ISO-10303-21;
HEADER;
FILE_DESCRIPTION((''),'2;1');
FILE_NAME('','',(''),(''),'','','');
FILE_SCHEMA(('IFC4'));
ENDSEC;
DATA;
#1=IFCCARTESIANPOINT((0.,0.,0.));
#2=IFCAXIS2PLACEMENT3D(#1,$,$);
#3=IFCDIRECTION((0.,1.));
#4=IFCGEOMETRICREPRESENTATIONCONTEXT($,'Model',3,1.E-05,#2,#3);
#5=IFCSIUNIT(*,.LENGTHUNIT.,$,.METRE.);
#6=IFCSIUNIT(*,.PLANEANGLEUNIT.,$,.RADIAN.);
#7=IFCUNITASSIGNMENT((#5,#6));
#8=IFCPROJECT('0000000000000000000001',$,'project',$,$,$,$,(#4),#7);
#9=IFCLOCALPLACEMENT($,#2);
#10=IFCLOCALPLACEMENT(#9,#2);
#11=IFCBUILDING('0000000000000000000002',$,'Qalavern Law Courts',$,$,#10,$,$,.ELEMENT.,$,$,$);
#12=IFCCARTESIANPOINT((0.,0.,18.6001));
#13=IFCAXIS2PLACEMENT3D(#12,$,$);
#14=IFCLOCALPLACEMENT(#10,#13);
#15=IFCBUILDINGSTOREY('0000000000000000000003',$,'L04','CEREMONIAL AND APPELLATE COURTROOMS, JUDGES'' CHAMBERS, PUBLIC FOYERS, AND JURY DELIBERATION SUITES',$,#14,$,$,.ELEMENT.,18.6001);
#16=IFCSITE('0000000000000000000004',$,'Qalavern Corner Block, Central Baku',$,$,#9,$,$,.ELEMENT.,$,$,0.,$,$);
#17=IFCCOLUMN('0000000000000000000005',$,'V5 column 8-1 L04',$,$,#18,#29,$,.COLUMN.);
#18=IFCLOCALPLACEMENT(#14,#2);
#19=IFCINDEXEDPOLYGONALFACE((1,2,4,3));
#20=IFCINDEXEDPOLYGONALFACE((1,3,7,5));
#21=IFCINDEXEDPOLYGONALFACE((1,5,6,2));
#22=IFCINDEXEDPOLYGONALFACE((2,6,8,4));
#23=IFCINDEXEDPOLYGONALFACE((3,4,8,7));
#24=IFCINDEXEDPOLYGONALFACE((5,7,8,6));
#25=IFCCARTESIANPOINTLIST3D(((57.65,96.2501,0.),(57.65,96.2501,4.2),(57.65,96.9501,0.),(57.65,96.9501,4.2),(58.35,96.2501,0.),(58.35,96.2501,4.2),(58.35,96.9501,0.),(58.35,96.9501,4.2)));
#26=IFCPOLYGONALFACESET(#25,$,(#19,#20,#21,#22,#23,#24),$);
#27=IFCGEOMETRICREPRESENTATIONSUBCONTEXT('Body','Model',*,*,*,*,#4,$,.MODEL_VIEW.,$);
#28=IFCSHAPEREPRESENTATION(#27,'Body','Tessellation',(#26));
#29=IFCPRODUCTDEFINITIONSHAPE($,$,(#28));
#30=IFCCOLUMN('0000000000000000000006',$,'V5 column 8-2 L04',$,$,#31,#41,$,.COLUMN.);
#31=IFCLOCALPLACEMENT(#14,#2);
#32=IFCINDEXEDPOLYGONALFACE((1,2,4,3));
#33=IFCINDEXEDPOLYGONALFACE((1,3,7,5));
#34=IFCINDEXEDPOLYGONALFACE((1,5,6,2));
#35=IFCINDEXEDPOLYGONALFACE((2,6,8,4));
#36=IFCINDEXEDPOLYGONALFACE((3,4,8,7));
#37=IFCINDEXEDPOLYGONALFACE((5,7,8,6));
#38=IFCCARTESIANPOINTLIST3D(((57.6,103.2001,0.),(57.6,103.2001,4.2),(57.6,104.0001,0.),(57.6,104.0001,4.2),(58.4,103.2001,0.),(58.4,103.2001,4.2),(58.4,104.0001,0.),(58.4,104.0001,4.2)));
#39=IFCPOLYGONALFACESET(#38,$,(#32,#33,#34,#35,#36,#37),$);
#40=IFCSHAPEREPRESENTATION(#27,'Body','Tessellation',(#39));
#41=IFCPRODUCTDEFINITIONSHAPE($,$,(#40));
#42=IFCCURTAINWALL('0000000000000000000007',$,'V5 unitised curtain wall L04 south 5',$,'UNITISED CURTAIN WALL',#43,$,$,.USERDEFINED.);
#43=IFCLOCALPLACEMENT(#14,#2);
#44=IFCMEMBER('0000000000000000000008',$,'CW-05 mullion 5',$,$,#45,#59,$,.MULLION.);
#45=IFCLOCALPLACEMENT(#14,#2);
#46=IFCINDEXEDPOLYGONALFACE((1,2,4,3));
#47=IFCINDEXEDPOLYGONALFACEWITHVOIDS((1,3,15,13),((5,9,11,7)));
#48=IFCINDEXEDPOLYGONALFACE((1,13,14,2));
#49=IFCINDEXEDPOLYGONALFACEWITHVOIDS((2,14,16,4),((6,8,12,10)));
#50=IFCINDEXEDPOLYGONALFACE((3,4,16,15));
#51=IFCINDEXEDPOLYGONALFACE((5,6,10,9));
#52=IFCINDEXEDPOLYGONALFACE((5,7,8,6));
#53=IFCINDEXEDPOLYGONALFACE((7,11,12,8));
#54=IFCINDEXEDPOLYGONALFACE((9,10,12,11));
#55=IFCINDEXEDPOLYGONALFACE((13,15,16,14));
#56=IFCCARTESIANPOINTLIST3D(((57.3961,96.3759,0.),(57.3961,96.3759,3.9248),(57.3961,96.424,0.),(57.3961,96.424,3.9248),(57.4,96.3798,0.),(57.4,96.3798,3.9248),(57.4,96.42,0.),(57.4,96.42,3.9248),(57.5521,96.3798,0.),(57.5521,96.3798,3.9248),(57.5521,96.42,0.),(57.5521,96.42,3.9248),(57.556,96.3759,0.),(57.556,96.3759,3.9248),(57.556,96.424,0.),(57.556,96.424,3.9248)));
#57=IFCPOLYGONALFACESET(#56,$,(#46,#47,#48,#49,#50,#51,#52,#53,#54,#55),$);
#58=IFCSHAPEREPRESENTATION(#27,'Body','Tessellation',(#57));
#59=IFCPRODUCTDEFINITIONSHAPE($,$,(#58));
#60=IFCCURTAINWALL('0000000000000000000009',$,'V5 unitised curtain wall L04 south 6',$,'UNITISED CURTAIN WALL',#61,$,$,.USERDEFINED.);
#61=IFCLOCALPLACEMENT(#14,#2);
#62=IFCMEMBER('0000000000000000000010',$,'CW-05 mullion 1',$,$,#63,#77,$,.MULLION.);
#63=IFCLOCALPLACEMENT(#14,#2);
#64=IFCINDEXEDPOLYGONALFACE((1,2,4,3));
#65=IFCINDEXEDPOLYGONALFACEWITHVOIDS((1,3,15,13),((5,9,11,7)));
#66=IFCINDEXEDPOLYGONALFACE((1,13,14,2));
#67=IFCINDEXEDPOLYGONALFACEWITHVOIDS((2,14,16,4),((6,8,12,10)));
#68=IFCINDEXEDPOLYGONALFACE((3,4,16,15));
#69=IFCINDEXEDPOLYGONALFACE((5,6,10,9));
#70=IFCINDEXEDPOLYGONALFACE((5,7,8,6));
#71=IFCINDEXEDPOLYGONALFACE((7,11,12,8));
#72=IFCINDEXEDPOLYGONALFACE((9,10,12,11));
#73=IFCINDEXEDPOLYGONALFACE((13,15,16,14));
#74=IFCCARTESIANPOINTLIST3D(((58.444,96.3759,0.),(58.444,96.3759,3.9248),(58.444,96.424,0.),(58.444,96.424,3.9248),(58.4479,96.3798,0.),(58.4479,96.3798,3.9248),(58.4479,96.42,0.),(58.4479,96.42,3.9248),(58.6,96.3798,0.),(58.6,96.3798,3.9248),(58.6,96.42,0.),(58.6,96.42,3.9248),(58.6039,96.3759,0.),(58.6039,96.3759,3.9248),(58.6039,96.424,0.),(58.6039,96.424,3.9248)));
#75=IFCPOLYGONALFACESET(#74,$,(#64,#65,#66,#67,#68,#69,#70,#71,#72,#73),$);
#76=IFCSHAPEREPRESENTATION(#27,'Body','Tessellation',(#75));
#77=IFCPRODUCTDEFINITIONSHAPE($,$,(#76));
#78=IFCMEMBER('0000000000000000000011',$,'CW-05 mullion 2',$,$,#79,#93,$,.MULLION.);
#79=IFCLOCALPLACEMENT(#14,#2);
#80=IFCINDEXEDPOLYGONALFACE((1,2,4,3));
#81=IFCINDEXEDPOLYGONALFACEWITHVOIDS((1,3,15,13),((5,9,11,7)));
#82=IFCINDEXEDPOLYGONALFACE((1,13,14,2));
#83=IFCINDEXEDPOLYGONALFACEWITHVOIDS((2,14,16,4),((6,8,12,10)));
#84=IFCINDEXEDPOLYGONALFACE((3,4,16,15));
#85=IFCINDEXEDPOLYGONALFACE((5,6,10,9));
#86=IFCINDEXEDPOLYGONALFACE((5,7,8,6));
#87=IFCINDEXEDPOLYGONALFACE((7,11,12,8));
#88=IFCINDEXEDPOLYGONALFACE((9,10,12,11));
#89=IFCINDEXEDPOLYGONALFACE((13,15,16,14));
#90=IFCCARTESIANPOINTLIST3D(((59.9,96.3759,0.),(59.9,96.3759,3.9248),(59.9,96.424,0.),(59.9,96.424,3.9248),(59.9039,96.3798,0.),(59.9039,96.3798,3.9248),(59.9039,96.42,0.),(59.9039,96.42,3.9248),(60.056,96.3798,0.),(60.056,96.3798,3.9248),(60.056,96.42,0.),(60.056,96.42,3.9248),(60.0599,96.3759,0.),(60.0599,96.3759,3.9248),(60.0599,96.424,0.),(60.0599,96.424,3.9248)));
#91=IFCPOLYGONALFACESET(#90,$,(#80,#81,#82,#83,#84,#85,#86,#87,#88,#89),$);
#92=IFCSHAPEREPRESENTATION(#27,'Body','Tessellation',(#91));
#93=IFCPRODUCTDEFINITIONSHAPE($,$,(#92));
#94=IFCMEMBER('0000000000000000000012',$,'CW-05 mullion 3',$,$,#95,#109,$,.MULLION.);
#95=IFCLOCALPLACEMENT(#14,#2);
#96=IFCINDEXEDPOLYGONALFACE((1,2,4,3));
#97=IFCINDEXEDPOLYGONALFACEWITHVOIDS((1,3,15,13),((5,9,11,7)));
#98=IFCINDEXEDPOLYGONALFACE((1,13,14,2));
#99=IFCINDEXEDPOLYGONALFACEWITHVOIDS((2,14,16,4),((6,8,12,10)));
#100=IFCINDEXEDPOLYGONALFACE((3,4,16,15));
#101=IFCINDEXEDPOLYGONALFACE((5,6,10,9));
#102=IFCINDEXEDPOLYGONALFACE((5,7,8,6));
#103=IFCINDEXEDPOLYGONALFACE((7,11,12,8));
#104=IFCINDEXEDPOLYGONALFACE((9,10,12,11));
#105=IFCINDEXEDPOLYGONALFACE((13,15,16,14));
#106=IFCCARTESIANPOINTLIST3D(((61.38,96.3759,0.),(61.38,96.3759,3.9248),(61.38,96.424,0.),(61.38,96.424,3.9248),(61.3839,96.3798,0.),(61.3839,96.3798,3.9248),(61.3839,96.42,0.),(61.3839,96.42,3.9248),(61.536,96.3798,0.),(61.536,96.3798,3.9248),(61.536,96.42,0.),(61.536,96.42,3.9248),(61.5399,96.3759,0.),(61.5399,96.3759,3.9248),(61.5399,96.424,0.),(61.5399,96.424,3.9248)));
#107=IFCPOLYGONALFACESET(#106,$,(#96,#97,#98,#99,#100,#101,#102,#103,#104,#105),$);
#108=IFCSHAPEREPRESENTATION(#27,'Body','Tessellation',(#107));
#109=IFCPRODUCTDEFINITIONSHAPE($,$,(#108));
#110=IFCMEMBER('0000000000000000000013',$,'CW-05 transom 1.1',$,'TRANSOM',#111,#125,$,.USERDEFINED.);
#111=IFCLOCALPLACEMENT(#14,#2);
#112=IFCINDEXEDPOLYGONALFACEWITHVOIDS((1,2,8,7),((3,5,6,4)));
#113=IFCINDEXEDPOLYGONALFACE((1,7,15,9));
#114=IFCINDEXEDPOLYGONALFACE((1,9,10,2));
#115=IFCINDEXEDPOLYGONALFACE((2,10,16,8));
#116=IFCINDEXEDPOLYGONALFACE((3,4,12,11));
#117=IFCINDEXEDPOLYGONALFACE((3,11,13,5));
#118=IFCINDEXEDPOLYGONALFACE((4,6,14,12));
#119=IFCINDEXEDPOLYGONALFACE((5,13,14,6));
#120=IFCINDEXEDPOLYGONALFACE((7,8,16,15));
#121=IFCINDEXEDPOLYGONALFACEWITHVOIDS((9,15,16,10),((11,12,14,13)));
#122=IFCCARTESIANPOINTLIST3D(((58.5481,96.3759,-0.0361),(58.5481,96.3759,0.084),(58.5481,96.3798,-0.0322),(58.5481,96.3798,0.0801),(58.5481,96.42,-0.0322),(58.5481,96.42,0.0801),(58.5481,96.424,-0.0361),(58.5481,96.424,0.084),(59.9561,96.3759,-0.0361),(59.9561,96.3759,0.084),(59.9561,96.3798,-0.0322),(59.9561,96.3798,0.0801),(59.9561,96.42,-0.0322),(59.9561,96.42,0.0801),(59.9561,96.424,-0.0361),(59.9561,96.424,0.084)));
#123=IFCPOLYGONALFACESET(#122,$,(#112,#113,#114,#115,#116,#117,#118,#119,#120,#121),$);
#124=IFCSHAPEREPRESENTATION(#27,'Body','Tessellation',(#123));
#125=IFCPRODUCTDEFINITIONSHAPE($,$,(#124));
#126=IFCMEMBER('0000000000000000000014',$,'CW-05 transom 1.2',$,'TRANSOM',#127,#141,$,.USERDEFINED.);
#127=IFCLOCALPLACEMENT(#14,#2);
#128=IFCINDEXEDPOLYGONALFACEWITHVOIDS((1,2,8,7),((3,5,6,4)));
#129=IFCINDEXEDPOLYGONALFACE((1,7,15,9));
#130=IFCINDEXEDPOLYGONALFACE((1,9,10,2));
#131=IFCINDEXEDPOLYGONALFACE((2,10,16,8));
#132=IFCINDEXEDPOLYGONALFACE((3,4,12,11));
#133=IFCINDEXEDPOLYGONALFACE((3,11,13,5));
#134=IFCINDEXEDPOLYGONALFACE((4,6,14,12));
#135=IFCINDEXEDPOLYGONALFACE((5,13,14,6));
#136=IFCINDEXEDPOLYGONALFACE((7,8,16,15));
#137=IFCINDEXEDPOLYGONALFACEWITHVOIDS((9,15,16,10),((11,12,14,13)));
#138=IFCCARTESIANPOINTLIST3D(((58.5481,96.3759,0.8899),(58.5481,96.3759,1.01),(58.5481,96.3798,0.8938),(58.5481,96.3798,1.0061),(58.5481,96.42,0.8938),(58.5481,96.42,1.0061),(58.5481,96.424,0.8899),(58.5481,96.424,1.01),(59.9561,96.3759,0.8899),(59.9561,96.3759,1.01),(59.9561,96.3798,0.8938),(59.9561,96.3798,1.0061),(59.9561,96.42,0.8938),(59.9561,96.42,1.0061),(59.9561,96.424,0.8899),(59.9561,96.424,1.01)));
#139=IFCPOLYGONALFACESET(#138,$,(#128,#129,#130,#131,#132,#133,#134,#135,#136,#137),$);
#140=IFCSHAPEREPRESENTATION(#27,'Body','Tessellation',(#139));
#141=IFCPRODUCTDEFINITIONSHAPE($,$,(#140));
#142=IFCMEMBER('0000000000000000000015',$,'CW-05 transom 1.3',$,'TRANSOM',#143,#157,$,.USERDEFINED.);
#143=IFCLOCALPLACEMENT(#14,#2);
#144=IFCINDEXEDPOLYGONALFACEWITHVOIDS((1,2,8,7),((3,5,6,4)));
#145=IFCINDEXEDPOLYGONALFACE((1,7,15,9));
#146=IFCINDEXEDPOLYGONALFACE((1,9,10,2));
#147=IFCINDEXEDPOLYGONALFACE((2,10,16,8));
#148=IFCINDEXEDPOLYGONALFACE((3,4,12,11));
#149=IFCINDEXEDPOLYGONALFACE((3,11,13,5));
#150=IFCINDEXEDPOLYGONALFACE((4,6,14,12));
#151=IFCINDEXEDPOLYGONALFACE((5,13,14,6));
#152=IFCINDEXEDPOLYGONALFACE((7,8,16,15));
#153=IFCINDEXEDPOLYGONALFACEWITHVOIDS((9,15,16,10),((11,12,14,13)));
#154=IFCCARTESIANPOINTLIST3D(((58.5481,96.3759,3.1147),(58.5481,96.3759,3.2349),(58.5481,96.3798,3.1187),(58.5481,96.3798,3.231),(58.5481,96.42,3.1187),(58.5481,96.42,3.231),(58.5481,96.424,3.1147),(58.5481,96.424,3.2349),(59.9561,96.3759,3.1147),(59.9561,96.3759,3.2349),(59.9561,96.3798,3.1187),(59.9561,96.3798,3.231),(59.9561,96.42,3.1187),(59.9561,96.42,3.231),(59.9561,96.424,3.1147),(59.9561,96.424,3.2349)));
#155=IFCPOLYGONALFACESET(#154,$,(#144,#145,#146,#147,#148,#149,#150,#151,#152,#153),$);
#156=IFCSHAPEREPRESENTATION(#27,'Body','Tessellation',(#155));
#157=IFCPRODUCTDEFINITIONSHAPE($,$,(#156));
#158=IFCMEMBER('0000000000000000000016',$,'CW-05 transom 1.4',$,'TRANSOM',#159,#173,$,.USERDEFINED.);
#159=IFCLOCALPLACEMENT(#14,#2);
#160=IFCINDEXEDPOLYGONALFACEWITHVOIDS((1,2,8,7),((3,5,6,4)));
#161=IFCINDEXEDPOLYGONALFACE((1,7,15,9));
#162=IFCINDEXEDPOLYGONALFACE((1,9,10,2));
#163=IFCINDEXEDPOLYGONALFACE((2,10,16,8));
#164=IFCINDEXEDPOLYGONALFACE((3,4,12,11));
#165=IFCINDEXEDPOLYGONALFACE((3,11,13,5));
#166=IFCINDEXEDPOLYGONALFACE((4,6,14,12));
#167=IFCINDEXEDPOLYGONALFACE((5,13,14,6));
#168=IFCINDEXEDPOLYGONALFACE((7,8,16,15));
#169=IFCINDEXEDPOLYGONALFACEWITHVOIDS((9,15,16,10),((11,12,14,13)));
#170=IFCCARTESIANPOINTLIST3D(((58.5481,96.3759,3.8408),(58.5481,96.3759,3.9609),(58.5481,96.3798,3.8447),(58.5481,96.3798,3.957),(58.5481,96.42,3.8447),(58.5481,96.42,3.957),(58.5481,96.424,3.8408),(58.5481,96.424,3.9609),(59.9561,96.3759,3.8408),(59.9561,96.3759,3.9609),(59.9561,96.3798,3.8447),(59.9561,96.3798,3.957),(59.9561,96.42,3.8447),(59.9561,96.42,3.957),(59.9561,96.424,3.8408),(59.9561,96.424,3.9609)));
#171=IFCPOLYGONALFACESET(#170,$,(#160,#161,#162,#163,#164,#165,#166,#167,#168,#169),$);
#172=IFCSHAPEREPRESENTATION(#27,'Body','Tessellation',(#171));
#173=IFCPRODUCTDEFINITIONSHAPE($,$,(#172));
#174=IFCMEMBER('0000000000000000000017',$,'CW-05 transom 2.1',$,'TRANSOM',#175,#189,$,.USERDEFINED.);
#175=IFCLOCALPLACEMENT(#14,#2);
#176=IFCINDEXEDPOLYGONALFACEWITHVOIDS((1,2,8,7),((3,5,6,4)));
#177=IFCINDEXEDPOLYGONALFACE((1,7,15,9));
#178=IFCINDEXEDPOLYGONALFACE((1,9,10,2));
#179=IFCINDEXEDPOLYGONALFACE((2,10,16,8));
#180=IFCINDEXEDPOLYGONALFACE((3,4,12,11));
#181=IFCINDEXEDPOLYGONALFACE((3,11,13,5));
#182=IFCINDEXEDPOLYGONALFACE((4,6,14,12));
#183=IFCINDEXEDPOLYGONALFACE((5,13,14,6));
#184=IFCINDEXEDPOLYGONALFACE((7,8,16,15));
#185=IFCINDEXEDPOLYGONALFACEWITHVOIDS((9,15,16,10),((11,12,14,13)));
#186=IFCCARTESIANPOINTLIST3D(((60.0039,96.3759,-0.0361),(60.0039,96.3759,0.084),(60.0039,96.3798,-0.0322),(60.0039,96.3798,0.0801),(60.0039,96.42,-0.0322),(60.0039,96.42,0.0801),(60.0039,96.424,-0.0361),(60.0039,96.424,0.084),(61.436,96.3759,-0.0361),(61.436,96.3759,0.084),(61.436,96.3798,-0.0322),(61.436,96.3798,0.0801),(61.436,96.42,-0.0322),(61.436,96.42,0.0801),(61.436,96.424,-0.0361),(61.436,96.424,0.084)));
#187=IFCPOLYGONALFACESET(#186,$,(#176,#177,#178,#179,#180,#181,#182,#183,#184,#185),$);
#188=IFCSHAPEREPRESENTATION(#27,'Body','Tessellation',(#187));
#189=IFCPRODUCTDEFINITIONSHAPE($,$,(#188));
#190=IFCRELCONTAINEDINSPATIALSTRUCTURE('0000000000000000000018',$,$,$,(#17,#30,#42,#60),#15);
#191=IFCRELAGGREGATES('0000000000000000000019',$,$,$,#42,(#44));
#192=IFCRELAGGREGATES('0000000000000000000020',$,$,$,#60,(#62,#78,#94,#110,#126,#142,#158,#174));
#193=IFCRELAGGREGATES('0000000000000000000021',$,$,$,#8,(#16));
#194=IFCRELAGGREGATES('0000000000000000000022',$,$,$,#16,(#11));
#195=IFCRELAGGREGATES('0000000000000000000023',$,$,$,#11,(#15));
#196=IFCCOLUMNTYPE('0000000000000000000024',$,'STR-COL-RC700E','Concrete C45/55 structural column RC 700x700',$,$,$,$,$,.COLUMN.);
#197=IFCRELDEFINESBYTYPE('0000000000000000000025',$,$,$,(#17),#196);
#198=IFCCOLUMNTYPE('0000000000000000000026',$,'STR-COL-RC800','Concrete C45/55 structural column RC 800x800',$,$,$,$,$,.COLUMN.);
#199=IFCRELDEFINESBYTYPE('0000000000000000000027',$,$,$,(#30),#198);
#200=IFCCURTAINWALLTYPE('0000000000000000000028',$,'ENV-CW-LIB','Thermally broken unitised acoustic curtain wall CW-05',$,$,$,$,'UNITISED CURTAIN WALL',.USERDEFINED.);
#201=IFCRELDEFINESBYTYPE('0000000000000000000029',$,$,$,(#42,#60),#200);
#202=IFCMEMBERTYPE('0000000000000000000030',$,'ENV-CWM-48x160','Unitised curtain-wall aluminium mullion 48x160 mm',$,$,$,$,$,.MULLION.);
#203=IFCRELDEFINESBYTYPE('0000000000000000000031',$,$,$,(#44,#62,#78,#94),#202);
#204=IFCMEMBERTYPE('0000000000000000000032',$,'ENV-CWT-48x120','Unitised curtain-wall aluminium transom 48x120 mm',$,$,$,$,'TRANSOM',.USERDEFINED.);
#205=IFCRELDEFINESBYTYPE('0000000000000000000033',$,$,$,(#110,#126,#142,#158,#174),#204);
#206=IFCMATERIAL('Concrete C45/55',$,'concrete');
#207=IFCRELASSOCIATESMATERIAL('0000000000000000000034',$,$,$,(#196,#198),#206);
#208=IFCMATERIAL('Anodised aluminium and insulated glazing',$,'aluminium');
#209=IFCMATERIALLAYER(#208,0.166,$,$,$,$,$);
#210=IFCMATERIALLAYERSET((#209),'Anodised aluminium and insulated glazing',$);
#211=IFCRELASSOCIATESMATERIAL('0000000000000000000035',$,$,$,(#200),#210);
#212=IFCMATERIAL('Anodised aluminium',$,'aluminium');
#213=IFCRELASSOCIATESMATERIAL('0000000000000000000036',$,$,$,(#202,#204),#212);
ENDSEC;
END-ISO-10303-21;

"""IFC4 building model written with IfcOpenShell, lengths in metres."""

from ifc_helpers import new_model, si_unit, direction, frame, origin, origin_2d, place, context, subcontext, project, spatial, rectangle, hollow_rectangle, extrude, material, layer, layer_set, material_profile, profile_set, type_object, element, aggregate, save


model = new_model("IFC4")

# Units and contexts
model_context = context("Model", 3, precision=1e-05, world=origin(), true_north=direction((0.0, 1.0)))
body_context = subcontext(model_context, "Body", "Model", "MODEL_VIEW")
ifc_project = project(units=[si_unit("LENGTHUNIT", "METRE"), si_unit("PLANEANGLEUNIT", "RADIAN")], contexts=[model_context])

# Site, building, storey
site_placement = place(None, origin())
site = spatial("IfcSite", under=ifc_project, at=site_placement, Name="Qalavern Corner Block, Central Baku", CompositionType="ELEMENT", RefElevation=0.0)
building_placement = place(site_placement, origin())
building = spatial("IfcBuilding", under=site, at=building_placement, Name="Qalavern Law Courts", CompositionType="ELEMENT")
storey_placement = place(building_placement, frame((0.0, 0.0, 18.6001)))
storey = spatial("IfcBuildingStorey", under=building, at=storey_placement, Name="L04", Description="CEREMONIAL AND APPELLATE COURTROOMS, JUDGES' CHAMBERS, PUBLIC FOYERS, AND JURY DELIBERATION SUITES", CompositionType="ELEMENT", Elevation=18.6001)

# Columns
ifc_material_1 = material(Name="Concrete C45/55", Category="concrete")
ifc_material_profile_1 = material_profile(ifc_material_1, rectangle(XDim=0.7, YDim=0.7, at=origin_2d()), Name="RC 700x700")
ifc_profile_set_1 = profile_set([ifc_material_profile_1], Name="Concrete C45/55")
column_type_1 = type_object("IfcColumnType", Name="STR-COL-RC700E", Description="Concrete C45/55 structural column RC 700x700", PredefinedType="COLUMN", material=ifc_profile_set_1)
column_1_placement = place(storey_placement, frame((58.0, 96.6001, 0.0), z_axis=(0.0, 0.0, 1.0), x_axis=(1.0, 0.0, 0.0)))
element("IfcColumn", 1, at=column_1_placement, inside=storey, type_object=column_type_1, Name="V5 column 8-1 L04", PredefinedType="COLUMN", context=body_context, shape_type="SweptSolid", body=[
    extrude(rectangle(XDim=0.7, YDim=0.7, at=origin_2d()), origin(), (0.0, 0.0, 1.0), 4.2),
])
ifc_material_profile_2 = material_profile(ifc_material_1, rectangle(XDim=0.8, YDim=0.8, at=origin_2d()), Name="RC 800x800")
ifc_profile_set_2 = profile_set([ifc_material_profile_2], Name="Concrete C45/55")
column_type_2 = type_object("IfcColumnType", Name="STR-COL-RC800", Description="Concrete C45/55 structural column RC 800x800", PredefinedType="COLUMN", material=ifc_profile_set_2)
column_2_placement = place(storey_placement, frame((58.0, 103.6001, 0.0), z_axis=(0.0, 0.0, 1.0), x_axis=(1.0, 0.0, 0.0)))
element("IfcColumn", 2, at=column_2_placement, inside=storey, type_object=column_type_2, Name="V5 column 8-2 L04", PredefinedType="COLUMN", context=body_context, shape_type="SweptSolid", body=[
    extrude(rectangle(XDim=0.8, YDim=0.8, at=origin_2d()), origin(), (0.0, 0.0, 1.0), 4.2),
])

# Curtain wall, member
ifc_material_2 = material(Name="Anodised aluminium and insulated glazing", Category="aluminium")
ifc_layer_1 = layer(ifc_material_2, 0.166)
ifc_layer_set_1 = layer_set([ifc_layer_1], Name="Anodised aluminium and insulated glazing")
curtain_wall_type = type_object("IfcCurtainWallType", Name="ENV-CW-LIB", Description="Thermally broken unitised acoustic curtain wall CW-05", ElementType="UNITISED CURTAIN WALL", PredefinedType="USERDEFINED", material=ifc_layer_set_1)
curtain_wall_1_placement = place(storey_placement, origin())
curtain_wall_1 = element("IfcCurtainWall", 3, at=curtain_wall_1_placement, inside=storey, type_object=curtain_wall_type, Name="V5 unitised curtain wall L04 south 5", ObjectType="UNITISED CURTAIN WALL", PredefinedType="USERDEFINED")
ifc_material_3 = material(Name="Anodised aluminium", Category="aluminium")
ifc_material_profile_3 = material_profile(ifc_material_3, hollow_rectangle(XDim=0.0481, YDim=0.1599, WallThickness=0.0039, at=origin_2d()), Name="ALU MULLION 48x160")
ifc_profile_set_3 = profile_set([ifc_material_profile_3], Name="Anodised aluminium")
member_type_1 = type_object("IfcMemberType", Name="ENV-CWM-48x160", Description="Unitised curtain-wall aluminium mullion 48x160 mm", PredefinedType="MULLION", material=ifc_profile_set_3)
member_1_placement = place(storey_placement, frame((57.4761, 96.3999, 0.0), z_axis=(0.0, 0.0, 1.0), x_axis=(0.0, 1.0, 0.0)))
member_1 = element("IfcMember", 4, at=member_1_placement, type_object=member_type_1, Name="CW-05 mullion 5", PredefinedType="MULLION", context=body_context, shape_type="SweptSolid", body=[
    extrude(hollow_rectangle(XDim=0.0481, YDim=0.1599, WallThickness=0.0039, at=origin_2d()), origin(), (0.0, 0.0, 1.0), 3.9248),
])
aggregate(curtain_wall_1, [member_1])

# Curtain wall, members
curtain_wall_2_placement = place(storey_placement, origin())
curtain_wall_2 = element("IfcCurtainWall", 5, at=curtain_wall_2_placement, inside=storey, type_object=curtain_wall_type, Name="V5 unitised curtain wall L04 south 6", ObjectType="UNITISED CURTAIN WALL", PredefinedType="USERDEFINED")
member_2_placement = place(storey_placement, frame((58.5239, 96.3999, 0.0), z_axis=(0.0, 0.0, 1.0), x_axis=(0.0, 1.0, 0.0)))
member_2 = element("IfcMember", 6, at=member_2_placement, type_object=member_type_1, Name="CW-05 mullion 1", PredefinedType="MULLION", context=body_context, shape_type="SweptSolid", body=[
    extrude(hollow_rectangle(XDim=0.0481, YDim=0.1599, WallThickness=0.0039, at=origin_2d()), origin(), (0.0, 0.0, 1.0), 3.9248),
])
member_3_placement = place(storey_placement, frame((59.98, 96.3999, 0.0), z_axis=(0.0, 0.0, 1.0), x_axis=(0.0, 1.0, 0.0)))
member_3 = element("IfcMember", 7, at=member_3_placement, type_object=member_type_1, Name="CW-05 mullion 2", PredefinedType="MULLION", context=body_context, shape_type="SweptSolid", body=[
    extrude(hollow_rectangle(XDim=0.0481, YDim=0.1599, WallThickness=0.0039, at=origin_2d()), origin(), (0.0, 0.0, 1.0), 3.9248),
])
member_4_placement = place(storey_placement, frame((61.46, 96.3999, 0.0), z_axis=(0.0, 0.0, 1.0), x_axis=(0.0, 1.0, 0.0)))
member_4 = element("IfcMember", 8, at=member_4_placement, type_object=member_type_1, Name="CW-05 mullion 3", PredefinedType="MULLION", context=body_context, shape_type="SweptSolid", body=[
    extrude(hollow_rectangle(XDim=0.0481, YDim=0.1599, WallThickness=0.0039, at=origin_2d()), origin(), (0.0, 0.0, 1.0), 3.9248),
])
ifc_material_profile_4 = material_profile(ifc_material_3, hollow_rectangle(XDim=0.0481, YDim=0.1201, WallThickness=0.0039, at=origin_2d()), Name="ALU TRANSOM 48x120")
ifc_profile_set_4 = profile_set([ifc_material_profile_4], Name="Anodised aluminium")
member_type_2 = type_object("IfcMemberType", Name="ENV-CWT-48x120", Description="Unitised curtain-wall aluminium transom 48x120 mm", ElementType="TRANSOM", PredefinedType="USERDEFINED", material=ifc_profile_set_4)
member_5_placement = place(storey_placement, frame((58.5481, 96.3999, 0.0239), z_axis=(1.0, 0.0, 0.0), x_axis=(0.0, 1.0, 0.0)))
member_5 = element("IfcMember", 9, at=member_5_placement, type_object=member_type_2, Name="CW-05 transom 1.1", ObjectType="TRANSOM", PredefinedType="USERDEFINED", context=body_context, shape_type="SweptSolid", body=[
    extrude(hollow_rectangle(XDim=0.0481, YDim=0.1201, WallThickness=0.0039, at=origin_2d()), origin(), (0.0, 0.0, 1.0), 1.408),
])
member_6_placement = place(storey_placement, frame((58.5481, 96.3999, 0.95), z_axis=(1.0, 0.0, 0.0), x_axis=(0.0, 1.0, 0.0)))
member_6 = element("IfcMember", 10, at=member_6_placement, type_object=member_type_2, Name="CW-05 transom 1.2", ObjectType="TRANSOM", PredefinedType="USERDEFINED", context=body_context, shape_type="SweptSolid", body=[
    extrude(hollow_rectangle(XDim=0.0481, YDim=0.1201, WallThickness=0.0039, at=origin_2d()), origin(), (0.0, 0.0, 1.0), 1.408),
])
member_7_placement = place(storey_placement, frame((58.5481, 96.3999, 3.1748), z_axis=(1.0, 0.0, 0.0), x_axis=(0.0, 1.0, 0.0)))
member_7 = element("IfcMember", 11, at=member_7_placement, type_object=member_type_2, Name="CW-05 transom 1.3", ObjectType="TRANSOM", PredefinedType="USERDEFINED", context=body_context, shape_type="SweptSolid", body=[
    extrude(hollow_rectangle(XDim=0.0481, YDim=0.1201, WallThickness=0.0039, at=origin_2d()), origin(), (0.0, 0.0, 1.0), 1.408),
])
member_8_placement = place(storey_placement, frame((58.5481, 96.3999, 3.9009), z_axis=(1.0, 0.0, 0.0), x_axis=(0.0, 1.0, 0.0)))
member_8 = element("IfcMember", 12, at=member_8_placement, type_object=member_type_2, Name="CW-05 transom 1.4", ObjectType="TRANSOM", PredefinedType="USERDEFINED", context=body_context, shape_type="SweptSolid", body=[
    extrude(hollow_rectangle(XDim=0.0481, YDim=0.1201, WallThickness=0.0039, at=origin_2d()), origin(), (0.0, 0.0, 1.0), 1.408),
])
member_9_placement = place(storey_placement, frame((60.0039, 96.3999, 0.0239), z_axis=(1.0, 0.0, 0.0), x_axis=(0.0, 1.0, 0.0)))
member_9 = element("IfcMember", 13, at=member_9_placement, type_object=member_type_2, Name="CW-05 transom 2.1", ObjectType="TRANSOM", PredefinedType="USERDEFINED", context=body_context, shape_type="SweptSolid", body=[
    extrude(hollow_rectangle(XDim=0.0481, YDim=0.1201, WallThickness=0.0039, at=origin_2d()), origin(), (0.0, 0.0, 1.0), 1.4321),
])

aggregate(curtain_wall_2, [member_2, member_3, member_4, member_5, member_6, member_7, member_8, member_9])

save(model, "model.ifc")
